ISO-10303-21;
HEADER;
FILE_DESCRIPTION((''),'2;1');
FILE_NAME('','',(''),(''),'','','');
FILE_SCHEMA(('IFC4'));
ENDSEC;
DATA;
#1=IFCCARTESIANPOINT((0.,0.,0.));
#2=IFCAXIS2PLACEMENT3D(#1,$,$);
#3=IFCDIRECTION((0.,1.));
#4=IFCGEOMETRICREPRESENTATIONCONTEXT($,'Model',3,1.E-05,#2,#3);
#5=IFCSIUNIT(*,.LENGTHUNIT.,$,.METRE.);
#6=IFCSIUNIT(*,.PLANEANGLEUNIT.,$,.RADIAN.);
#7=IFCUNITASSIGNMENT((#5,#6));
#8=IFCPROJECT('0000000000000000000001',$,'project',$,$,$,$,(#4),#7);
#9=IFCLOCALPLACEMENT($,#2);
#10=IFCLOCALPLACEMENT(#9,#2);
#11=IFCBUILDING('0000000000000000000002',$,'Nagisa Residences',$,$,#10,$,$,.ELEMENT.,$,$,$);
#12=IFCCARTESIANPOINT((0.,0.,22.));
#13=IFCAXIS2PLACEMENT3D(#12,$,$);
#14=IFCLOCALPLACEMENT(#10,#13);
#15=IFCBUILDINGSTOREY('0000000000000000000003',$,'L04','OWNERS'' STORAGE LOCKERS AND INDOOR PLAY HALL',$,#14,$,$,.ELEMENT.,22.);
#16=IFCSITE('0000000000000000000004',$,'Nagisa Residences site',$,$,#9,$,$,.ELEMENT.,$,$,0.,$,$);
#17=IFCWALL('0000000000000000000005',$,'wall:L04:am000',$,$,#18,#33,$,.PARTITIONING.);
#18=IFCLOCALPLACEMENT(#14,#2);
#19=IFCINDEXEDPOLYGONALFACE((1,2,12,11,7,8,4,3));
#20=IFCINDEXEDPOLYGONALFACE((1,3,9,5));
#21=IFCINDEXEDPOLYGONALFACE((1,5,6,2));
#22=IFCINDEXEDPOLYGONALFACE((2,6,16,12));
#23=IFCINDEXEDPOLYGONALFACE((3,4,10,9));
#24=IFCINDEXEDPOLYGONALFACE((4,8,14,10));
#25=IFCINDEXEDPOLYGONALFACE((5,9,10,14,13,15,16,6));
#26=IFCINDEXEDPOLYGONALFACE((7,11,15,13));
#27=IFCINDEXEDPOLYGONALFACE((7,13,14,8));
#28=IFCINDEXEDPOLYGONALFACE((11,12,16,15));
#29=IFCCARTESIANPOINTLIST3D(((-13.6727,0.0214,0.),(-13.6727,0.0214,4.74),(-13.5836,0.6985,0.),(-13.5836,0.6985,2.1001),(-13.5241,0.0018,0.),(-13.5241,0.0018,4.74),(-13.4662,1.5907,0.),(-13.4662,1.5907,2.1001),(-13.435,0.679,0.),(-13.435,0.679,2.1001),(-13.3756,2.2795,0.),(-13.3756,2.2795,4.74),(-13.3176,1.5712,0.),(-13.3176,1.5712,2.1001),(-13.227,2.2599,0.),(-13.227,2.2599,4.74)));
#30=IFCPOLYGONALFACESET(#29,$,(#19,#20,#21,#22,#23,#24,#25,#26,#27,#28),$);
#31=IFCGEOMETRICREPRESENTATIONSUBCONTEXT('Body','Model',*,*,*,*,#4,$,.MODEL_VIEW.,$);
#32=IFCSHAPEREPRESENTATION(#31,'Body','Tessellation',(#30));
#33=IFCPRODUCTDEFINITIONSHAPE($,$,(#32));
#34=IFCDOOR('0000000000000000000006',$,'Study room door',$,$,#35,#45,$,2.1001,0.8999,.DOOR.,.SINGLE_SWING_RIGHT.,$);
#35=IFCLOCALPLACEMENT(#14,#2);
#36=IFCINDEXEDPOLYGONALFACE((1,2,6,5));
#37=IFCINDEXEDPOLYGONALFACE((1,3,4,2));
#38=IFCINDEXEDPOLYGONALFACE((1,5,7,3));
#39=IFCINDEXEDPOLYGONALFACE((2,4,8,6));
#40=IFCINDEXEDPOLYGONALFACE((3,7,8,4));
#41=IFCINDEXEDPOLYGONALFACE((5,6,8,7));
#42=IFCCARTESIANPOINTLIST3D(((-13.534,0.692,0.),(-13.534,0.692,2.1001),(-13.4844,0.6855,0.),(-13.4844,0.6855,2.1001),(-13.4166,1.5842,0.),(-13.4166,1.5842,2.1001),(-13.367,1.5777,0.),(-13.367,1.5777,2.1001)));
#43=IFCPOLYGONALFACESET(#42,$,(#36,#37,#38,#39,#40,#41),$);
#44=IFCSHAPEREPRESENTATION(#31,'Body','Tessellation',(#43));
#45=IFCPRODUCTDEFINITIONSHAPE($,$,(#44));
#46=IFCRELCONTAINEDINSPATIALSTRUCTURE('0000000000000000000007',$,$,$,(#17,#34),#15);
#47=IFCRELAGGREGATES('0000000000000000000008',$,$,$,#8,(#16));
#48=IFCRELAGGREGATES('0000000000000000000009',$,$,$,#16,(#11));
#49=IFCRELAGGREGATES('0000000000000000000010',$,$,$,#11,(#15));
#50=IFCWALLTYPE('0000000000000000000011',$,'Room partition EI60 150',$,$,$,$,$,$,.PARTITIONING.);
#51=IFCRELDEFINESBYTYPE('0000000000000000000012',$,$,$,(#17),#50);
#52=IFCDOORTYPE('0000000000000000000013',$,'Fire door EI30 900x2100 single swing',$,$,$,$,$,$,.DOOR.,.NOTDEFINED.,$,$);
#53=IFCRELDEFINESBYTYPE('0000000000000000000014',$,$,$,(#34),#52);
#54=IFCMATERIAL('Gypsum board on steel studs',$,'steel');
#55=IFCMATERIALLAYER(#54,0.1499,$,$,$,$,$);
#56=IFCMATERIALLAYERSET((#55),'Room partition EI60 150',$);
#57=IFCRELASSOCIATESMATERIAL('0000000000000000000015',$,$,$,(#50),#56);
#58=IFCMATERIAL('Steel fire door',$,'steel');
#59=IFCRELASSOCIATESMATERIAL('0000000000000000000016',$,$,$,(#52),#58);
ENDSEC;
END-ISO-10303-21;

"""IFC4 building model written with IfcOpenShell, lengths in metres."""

from ifc_helpers import new_model, si_unit, direction, frame, frame_2d, origin, place, context, subcontext, project, spatial, rectangle, extrude, material, layer, layer_set, type_object, element, fill, save


model = new_model("IFC4")

# Units and contexts
model_context = context("Model", 3, precision=1e-05, world=origin(), true_north=direction((0.0, 1.0)))
body_context = subcontext(model_context, "Body", "Model", "MODEL_VIEW")
ifc_project = project(units=[si_unit("LENGTHUNIT", "METRE"), si_unit("PLANEANGLEUNIT", "RADIAN")], contexts=[model_context])

# Site, building, storey
site_placement = place(None, origin())
site = spatial("IfcSite", under=ifc_project, at=site_placement, Name="Nagisa Residences site", CompositionType="ELEMENT", RefElevation=0.0)
building_placement = place(site_placement, origin())
building = spatial("IfcBuilding", under=site, at=building_placement, Name="Nagisa Residences", CompositionType="ELEMENT")
storey_placement = place(building_placement, frame((0.0, 0.0, 22.0)))
storey = spatial("IfcBuildingStorey", under=building, at=storey_placement, Name="L04", Description="OWNERS' STORAGE LOCKERS AND INDOOR PLAY HALL", CompositionType="ELEMENT", Elevation=22.0)

# Wall, opening, door
ifc_material_1 = material(Name="Gypsum board on steel studs", Category="steel")
ifc_layer_1 = layer(ifc_material_1, 0.1499)
ifc_layer_set_1 = layer_set([ifc_layer_1], Name="Room partition EI60 150")
wall_type = type_object("IfcWallType", Name="Room partition EI60 150", PredefinedType="PARTITIONING", material=ifc_layer_set_1)
wall_placement = place(storey_placement, frame((-13.5984, 0.0117, 0.0), z_axis=(0.0, 0.0, 1.0), x_axis=(0.130457, 0.991454, 0.0)))
wall = element("IfcWall", 1, at=wall_placement, inside=storey, type_object=wall_type, Name="wall:L04:am000", PredefinedType="PARTITIONING", context=body_context, shape_type="SweptSolid", body=[
    extrude(rectangle(XDim=2.2776, YDim=0.1499, at=frame_2d((1.1387, 0.0))), origin(), (0.0, 0.0, 1.0), 4.74),
])
opening_placement = place(wall_placement, frame((0.6829, 0.0, 0.0)))
opening = element("IfcOpeningElement", 2, at=opening_placement, cuts=wall, PredefinedType="OPENING", context=body_context, shape_type="SweptSolid", body=[
    extrude(rectangle(XDim=0.8999, YDim=2.1001, at=frame_2d((0.45, 1.05))), frame((0.0, 0.085, 0.0), z_axis=(0.0, -1.0, 0.0), x_axis=(1.0, 0.0, 0.0)), (0.0, 0.0, 1.0), 0.1699),
])
ifc_material_2 = material(Name="Steel fire door", Category="steel")
door_type = type_object("IfcDoorType", Name="Fire door EI30 900x2100 single swing", OperationType="NOTDEFINED", PredefinedType="DOOR", material=ifc_material_2)
door_placement = place(opening_placement, origin())
door = element("IfcDoor", 3, at=door_placement, inside=storey, type_object=door_type, Name="Study room door", OperationType="SINGLE_SWING_RIGHT", OverallHeight=2.1001, OverallWidth=0.8999, PredefinedType="DOOR", context=body_context, shape_type="SweptSolid", body=[
    extrude(rectangle(XDim=0.8999, YDim=2.1001, at=frame_2d((0.45, 1.05))), frame((0.0, 0.0249, 0.0), z_axis=(0.0, -1.0, 0.0), x_axis=(1.0, 0.0, 0.0)), (0.0, 0.0, 1.0), 0.05),
])
fill(opening, door)

save(model, "model.ifc")
